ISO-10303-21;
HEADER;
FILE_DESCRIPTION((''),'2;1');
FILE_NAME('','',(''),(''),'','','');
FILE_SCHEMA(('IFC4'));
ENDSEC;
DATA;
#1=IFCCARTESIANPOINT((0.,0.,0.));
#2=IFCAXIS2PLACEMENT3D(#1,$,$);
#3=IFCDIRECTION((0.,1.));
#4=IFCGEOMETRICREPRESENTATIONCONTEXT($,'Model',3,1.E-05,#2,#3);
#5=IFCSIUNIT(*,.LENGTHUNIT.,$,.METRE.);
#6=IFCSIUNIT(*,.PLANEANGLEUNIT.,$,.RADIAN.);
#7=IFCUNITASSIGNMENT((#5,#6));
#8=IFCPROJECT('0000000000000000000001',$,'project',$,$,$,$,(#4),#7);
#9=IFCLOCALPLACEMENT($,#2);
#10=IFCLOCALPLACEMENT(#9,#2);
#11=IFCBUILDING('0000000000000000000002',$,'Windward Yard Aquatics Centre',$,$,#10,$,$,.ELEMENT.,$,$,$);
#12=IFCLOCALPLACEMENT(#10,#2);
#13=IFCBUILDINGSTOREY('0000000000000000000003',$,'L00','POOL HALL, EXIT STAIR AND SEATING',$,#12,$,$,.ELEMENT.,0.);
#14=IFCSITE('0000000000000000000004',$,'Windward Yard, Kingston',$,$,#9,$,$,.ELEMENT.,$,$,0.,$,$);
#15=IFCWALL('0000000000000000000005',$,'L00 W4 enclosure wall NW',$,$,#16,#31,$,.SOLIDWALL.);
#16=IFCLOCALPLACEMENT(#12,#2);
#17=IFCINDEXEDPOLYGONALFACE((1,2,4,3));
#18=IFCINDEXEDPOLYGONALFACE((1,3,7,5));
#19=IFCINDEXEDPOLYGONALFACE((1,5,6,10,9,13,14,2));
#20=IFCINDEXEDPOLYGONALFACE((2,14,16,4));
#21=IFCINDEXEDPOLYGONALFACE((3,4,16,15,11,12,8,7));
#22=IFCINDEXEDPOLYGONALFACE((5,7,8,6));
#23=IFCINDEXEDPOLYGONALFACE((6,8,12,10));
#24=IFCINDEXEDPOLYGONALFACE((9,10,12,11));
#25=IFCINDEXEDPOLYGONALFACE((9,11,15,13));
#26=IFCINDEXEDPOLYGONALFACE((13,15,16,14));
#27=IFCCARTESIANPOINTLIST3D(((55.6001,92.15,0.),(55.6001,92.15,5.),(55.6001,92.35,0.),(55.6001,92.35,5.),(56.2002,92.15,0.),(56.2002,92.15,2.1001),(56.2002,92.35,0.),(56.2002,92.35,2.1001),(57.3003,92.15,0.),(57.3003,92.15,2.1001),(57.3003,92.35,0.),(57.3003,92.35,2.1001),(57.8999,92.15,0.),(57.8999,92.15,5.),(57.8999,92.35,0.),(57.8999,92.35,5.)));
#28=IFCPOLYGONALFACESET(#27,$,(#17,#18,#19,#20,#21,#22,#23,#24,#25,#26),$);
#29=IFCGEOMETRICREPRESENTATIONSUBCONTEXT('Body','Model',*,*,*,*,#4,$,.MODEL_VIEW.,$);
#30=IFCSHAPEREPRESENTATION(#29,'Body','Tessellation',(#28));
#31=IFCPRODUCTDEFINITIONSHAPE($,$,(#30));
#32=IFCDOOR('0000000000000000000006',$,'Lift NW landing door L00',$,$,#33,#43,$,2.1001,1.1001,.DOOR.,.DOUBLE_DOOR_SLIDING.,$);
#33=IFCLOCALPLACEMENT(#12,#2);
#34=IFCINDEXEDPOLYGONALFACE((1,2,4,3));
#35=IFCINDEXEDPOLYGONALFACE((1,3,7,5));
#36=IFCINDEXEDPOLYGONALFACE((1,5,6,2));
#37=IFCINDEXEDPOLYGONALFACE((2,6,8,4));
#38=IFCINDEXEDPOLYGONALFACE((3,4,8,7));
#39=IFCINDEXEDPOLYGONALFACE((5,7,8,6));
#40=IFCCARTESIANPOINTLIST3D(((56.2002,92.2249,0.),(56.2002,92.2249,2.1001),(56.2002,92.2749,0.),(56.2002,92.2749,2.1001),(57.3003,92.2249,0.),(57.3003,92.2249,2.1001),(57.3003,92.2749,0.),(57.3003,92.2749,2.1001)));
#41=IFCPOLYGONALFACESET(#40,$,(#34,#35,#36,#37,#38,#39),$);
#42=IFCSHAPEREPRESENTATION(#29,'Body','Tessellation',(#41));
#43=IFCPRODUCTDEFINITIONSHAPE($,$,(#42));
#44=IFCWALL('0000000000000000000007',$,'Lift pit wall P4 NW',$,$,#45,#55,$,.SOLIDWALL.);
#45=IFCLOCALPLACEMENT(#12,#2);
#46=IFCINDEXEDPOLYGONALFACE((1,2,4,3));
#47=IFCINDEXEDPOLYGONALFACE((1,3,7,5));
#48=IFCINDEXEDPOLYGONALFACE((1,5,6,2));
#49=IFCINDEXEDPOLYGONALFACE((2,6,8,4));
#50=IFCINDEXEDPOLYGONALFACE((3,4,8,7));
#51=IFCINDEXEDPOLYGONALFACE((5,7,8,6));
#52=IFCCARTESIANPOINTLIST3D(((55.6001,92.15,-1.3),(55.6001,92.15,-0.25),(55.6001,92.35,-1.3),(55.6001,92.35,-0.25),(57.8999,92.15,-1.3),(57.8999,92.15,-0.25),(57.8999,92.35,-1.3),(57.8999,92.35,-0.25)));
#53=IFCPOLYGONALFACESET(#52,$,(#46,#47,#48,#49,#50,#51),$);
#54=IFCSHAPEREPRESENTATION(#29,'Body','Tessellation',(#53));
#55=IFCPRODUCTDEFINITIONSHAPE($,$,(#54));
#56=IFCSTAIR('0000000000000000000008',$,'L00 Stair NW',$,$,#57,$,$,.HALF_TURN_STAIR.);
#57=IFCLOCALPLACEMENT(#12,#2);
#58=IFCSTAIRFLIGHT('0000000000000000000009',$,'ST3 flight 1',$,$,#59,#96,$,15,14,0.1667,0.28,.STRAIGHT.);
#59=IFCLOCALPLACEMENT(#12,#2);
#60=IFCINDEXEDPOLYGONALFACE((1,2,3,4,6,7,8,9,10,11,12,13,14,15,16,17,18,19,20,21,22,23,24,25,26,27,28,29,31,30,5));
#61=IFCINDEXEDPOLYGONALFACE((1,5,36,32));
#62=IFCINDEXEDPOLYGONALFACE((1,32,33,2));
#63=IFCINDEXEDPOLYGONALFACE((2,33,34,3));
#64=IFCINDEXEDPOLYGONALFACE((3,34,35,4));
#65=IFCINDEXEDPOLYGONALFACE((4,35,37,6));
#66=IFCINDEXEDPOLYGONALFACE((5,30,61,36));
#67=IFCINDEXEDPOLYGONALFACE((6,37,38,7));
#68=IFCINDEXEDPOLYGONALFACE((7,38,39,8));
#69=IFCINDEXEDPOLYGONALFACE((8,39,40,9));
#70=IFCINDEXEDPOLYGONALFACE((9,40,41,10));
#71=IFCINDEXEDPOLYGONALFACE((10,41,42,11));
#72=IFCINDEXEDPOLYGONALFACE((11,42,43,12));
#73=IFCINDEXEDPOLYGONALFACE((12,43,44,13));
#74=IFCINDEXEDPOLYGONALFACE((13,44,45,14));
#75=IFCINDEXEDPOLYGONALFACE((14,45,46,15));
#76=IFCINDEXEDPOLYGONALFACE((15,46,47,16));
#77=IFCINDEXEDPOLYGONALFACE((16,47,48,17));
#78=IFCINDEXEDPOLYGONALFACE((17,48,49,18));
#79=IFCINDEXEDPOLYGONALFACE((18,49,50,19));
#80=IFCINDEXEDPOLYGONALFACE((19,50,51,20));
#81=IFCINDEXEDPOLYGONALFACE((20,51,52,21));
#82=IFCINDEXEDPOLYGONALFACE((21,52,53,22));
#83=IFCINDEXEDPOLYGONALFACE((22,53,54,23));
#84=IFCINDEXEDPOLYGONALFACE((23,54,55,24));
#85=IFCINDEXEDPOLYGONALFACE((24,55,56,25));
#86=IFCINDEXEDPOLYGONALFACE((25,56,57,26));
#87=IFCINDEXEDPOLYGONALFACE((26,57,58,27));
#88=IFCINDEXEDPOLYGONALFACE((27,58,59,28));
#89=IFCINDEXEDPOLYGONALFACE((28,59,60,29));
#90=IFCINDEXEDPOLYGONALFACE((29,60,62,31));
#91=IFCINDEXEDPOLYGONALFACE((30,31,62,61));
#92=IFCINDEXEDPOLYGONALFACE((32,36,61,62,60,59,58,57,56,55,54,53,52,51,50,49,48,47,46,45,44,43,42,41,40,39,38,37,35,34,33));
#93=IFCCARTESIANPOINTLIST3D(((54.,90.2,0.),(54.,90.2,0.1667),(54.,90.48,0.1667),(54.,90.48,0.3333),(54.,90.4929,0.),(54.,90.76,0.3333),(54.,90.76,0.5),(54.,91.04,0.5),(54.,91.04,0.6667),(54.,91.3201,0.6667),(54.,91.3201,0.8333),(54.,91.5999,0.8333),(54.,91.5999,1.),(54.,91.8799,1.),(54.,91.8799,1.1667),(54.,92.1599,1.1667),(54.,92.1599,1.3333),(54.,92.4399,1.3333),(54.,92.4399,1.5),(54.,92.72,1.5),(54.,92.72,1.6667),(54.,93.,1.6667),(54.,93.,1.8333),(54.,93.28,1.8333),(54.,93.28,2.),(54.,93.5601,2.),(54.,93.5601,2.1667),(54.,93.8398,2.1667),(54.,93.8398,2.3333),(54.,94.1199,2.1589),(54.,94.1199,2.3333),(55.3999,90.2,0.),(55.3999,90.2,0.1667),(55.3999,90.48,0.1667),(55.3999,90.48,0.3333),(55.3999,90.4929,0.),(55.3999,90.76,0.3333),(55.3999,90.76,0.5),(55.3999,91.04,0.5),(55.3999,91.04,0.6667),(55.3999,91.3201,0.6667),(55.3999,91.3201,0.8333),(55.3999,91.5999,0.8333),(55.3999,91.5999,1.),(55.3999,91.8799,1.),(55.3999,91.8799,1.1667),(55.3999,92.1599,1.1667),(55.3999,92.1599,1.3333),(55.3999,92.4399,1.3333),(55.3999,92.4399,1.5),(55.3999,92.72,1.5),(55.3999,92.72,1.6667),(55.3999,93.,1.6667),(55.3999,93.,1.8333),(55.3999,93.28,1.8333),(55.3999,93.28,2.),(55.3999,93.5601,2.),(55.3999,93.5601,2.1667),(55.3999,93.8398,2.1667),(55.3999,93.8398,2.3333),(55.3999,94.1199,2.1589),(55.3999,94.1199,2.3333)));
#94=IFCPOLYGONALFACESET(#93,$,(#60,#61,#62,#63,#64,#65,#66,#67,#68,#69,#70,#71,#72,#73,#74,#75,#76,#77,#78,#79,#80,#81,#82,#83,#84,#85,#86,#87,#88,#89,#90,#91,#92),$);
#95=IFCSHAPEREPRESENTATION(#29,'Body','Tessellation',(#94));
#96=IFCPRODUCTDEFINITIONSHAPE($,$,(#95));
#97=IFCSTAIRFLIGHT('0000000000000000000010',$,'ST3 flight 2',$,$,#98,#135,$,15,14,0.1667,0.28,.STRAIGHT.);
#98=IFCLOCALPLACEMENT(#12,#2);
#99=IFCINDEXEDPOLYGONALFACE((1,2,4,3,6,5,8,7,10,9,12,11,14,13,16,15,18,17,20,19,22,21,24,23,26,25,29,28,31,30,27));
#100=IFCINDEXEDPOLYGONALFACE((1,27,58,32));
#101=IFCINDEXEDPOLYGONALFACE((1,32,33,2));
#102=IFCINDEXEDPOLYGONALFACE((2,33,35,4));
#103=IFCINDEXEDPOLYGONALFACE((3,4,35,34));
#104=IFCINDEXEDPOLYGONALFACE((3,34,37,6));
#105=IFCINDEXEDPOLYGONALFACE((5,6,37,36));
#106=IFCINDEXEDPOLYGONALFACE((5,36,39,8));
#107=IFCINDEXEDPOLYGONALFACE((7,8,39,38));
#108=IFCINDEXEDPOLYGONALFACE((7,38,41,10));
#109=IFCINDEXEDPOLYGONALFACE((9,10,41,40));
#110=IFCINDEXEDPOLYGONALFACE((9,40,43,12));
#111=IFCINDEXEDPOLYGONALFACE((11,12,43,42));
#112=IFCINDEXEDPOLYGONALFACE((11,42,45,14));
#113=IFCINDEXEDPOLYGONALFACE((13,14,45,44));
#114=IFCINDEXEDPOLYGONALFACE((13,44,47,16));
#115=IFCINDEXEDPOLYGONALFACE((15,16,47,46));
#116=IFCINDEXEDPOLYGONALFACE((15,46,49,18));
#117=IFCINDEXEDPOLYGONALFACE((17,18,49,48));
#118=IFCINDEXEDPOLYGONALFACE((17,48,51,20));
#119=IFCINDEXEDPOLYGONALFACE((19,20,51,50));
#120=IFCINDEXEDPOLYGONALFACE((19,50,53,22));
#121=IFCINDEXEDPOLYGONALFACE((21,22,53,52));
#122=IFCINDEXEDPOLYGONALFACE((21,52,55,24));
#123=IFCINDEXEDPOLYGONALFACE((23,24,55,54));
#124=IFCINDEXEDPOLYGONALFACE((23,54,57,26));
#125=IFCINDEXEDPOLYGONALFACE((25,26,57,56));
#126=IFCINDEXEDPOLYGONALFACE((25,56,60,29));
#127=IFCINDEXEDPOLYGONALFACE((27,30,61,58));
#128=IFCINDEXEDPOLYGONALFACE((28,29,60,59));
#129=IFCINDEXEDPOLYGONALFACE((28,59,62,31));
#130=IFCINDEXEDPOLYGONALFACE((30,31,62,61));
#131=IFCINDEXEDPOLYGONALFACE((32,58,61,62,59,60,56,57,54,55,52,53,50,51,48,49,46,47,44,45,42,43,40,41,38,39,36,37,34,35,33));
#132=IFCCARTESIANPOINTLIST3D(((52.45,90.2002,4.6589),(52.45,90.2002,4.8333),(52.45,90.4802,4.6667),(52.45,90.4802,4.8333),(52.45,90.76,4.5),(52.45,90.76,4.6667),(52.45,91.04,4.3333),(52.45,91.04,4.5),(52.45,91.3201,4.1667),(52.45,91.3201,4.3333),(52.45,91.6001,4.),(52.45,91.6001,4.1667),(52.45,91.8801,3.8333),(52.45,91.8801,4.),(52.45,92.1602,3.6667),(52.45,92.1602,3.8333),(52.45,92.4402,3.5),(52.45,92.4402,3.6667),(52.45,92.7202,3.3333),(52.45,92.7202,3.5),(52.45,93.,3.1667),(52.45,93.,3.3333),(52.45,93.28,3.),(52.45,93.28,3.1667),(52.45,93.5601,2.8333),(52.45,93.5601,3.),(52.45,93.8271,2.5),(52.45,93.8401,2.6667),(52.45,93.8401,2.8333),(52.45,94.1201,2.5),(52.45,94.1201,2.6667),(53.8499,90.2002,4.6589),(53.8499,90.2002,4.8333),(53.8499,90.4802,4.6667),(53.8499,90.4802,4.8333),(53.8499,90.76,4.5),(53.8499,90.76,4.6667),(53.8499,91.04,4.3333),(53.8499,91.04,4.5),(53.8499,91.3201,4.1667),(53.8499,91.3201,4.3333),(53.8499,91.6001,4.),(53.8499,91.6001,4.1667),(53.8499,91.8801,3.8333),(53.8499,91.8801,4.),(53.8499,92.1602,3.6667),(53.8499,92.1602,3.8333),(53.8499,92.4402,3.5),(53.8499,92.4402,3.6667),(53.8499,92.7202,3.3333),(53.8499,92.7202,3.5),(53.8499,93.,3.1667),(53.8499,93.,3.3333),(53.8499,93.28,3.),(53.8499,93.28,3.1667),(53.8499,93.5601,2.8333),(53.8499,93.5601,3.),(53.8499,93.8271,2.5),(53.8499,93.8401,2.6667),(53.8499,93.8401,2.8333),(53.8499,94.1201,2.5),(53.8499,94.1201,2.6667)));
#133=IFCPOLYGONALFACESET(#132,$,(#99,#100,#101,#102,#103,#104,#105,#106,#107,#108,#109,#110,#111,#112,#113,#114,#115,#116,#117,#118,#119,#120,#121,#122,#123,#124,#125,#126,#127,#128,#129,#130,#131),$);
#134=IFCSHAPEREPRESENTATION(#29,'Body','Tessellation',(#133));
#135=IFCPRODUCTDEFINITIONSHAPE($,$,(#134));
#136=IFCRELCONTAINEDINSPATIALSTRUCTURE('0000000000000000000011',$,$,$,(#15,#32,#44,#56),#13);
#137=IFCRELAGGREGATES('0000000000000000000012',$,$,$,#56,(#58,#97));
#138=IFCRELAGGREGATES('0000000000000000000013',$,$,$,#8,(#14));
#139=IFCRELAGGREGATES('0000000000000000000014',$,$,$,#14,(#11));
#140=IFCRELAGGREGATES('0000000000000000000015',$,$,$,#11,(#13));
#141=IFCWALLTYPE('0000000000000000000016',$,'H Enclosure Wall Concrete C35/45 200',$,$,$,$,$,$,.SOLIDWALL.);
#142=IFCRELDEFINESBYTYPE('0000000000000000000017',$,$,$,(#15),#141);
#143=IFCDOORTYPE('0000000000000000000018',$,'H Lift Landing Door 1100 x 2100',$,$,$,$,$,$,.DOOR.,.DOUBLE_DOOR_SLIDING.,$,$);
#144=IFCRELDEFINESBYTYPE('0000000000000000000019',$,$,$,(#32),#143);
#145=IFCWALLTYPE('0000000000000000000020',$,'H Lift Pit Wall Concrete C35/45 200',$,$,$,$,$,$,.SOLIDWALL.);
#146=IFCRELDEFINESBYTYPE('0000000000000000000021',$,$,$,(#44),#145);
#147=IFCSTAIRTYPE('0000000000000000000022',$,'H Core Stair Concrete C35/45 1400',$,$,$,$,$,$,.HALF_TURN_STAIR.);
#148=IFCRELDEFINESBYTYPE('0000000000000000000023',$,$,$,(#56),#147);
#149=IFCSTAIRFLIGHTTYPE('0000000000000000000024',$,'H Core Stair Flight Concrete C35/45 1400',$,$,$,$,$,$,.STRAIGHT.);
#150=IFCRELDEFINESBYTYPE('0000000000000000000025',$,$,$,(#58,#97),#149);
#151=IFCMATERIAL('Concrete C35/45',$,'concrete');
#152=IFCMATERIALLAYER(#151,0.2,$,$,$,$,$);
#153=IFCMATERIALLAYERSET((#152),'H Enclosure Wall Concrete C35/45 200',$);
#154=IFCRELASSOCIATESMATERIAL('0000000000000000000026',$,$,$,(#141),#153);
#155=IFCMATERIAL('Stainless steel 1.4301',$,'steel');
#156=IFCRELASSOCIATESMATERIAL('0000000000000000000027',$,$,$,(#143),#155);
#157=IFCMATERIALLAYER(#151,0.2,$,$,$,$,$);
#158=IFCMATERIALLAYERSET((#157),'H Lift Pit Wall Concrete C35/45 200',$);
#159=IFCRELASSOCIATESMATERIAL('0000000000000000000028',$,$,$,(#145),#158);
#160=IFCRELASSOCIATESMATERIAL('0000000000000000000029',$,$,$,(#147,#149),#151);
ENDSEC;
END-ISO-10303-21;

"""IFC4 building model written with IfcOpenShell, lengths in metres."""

from ifc_helpers import new_model, si_unit, direction, frame, frame_2d, origin, place, context, subcontext, project, spatial, polyline, rectangle, outline, extrude, material, layer, layer_set, type_object, element, fill, aggregate, save


model = new_model("IFC4")

# Units and contexts
model_context = context("Model", 3, precision=1e-05, world=origin(), true_north=direction((0.0, 1.0)))
body_context = subcontext(model_context, "Body", "Model", "MODEL_VIEW")
ifc_project = project(units=[si_unit("LENGTHUNIT", "METRE"), si_unit("PLANEANGLEUNIT", "RADIAN")], contexts=[model_context])

# Site, building, storey
site_placement = place(None, origin())
site = spatial("IfcSite", under=ifc_project, at=site_placement, Name="Windward Yard, Kingston", CompositionType="ELEMENT", RefElevation=0.0)
building_placement = place(site_placement, origin())
building = spatial("IfcBuilding", under=site, at=building_placement, Name="Windward Yard Aquatics Centre", CompositionType="ELEMENT")
storey_placement = place(building_placement, origin())
storey = spatial("IfcBuildingStorey", under=building, at=storey_placement, Name="L00", Description="POOL HALL, EXIT STAIR AND SEATING", CompositionType="ELEMENT", Elevation=0.0)

# Shared definitions
ifc_material_1 = material(Name="Concrete C35/45", Category="concrete")

# Wall, opening, door
ifc_layer_1 = layer(ifc_material_1, 0.2)
ifc_layer_set_1 = layer_set([ifc_layer_1], Name="H Enclosure Wall Concrete C35/45 200")
wall_type_1 = type_object("IfcWallType", Name="H Enclosure Wall Concrete C35/45 200", PredefinedType="SOLIDWALL", material=ifc_layer_set_1)
wall_1_placement = place(storey_placement, frame((55.6001, 92.25, 0.0), z_axis=(0.0, 0.0, 1.0), x_axis=(1.0, 0.0, 0.0)))
wall_1 = element("IfcWall", 1, at=wall_1_placement, inside=storey, type_object=wall_type_1, Name="L00 W4 enclosure wall NW", PredefinedType="SOLIDWALL", context=body_context, shape_type="SweptSolid", body=[
    extrude(rectangle(XDim=2.2998, YDim=0.2, at=frame_2d((1.1499, 0.0))), origin(), (0.0, 0.0, 1.0), 5.0),
])
opening_1_placement = place(wall_1_placement, frame((0.6001, 0.0, 0.0)))
opening_1 = element("IfcOpeningElement", 2, at=opening_1_placement, cuts=wall_1, PredefinedType="OPENING", context=body_context, shape_type="SweptSolid", body=[
    extrude(rectangle(XDim=1.1001, YDim=2.1001, at=frame_2d((0.55, 1.05))), frame((0.0, 0.1099, 0.0), z_axis=(0.0, -1.0, 0.0), x_axis=(1.0, 0.0, 0.0)), (0.0, 0.0, 1.0), 0.22),
])
ifc_material_2 = material(Name="Stainless steel 1.4301", Category="steel")
door_type_1 = type_object("IfcDoorType", Name="H Lift Landing Door 1100 x 2100", OperationType="DOUBLE_DOOR_SLIDING", PredefinedType="DOOR", material=ifc_material_2)
door_1_placement = place(opening_1_placement, origin())
door_1 = element("IfcDoor", 3, at=door_1_placement, inside=storey, type_object=door_type_1, Name="Lift NW landing door L00", OperationType="DOUBLE_DOOR_SLIDING", OverallHeight=2.1001, OverallWidth=1.1001, PredefinedType="DOOR", context=body_context, shape_type="SweptSolid", body=[
    extrude(rectangle(XDim=1.1001, YDim=2.1001, at=frame_2d((0.55, 1.05))), frame((0.0, 0.0249, 0.0), z_axis=(0.0, -1.0, 0.0), x_axis=(1.0, 0.0, 0.0)), (0.0, 0.0, 1.0), 0.05),
])
fill(opening_1, door_1)

# Wall
ifc_layer_2 = layer(ifc_material_1, 0.2)
ifc_layer_set_2 = layer_set([ifc_layer_2], Name="H Lift Pit Wall Concrete C35/45 200")
wall_type_2 = type_object("IfcWallType", Name="H Lift Pit Wall Concrete C35/45 200", PredefinedType="SOLIDWALL", material=ifc_layer_set_2)
wall_2_placement = place(storey_placement, frame((55.6001, 92.25, -1.3), z_axis=(0.0, 0.0, 1.0), x_axis=(1.0, 0.0, 0.0)))
element("IfcWall", 4, at=wall_2_placement, inside=storey, type_object=wall_type_2, Name="Lift pit wall P4 NW", PredefinedType="SOLIDWALL", context=body_context, shape_type="SweptSolid", body=[
    extrude(rectangle(XDim=2.2998, YDim=0.2, at=frame_2d((1.1499, 0.0))), origin(), (0.0, 0.0, 1.0), 1.05),
])

# Stair, stair flights
stair_type = type_object("IfcStairType", Name="H Core Stair Concrete C35/45 1400", PredefinedType="HALF_TURN_STAIR", material=ifc_material_1)
stair_placement = place(storey_placement, origin())
stair = element("IfcStair", 5, at=stair_placement, inside=storey, type_object=stair_type, Name="L00 Stair NW", PredefinedType="HALF_TURN_STAIR")
stair_flight_type = type_object("IfcStairFlightType", Name="H Core Stair Flight Concrete C35/45 1400", PredefinedType="STRAIGHT", material=ifc_material_1)
stair_flight_1_placement = place(storey_placement, frame((54.7, 90.2, 0.0), z_axis=(0.0, 0.0, 1.0), x_axis=(0.0, 1.0, 0.0)))
stair_flight_1 = element("IfcStairFlight", 6, at=stair_flight_1_placement, type_object=stair_flight_type, Name="ST3 flight 1", NumberOfRisers=15, NumberOfTreads=14, PredefinedType="STRAIGHT", RiserHeight=0.1667, TreadLength=0.28, context=body_context, shape_type="SweptSolid", body=[
    extrude(outline(polyline([(0.0, 0.0), (0.0, 0.1667), (0.28, 0.1667), (0.28, 0.3333), (0.5601, 0.3333), (0.5601, 0.5), (0.8401, 0.5), (0.8401, 0.6667), (1.1201, 0.6667), (1.1201, 0.8333), (1.3999, 0.8333), (1.3999, 1.0), (1.6799, 1.0), (1.6799, 1.1667), (1.96, 1.1667), (1.96, 1.3333), (2.24, 1.3333), (2.24, 1.5), (2.52, 1.5), (2.52, 1.6667), (2.8, 1.6667), (2.8, 1.8333), (3.0801, 1.8333), (3.0801, 2.0), (3.3601, 2.0), (3.3601, 2.1667), (3.6399, 2.1667), (3.6399, 2.3333), (3.9199, 2.3333), (3.9199, 2.5), (3.9199, 2.1589), (0.293, 0.0), (0.0, 0.0)])), frame((0.0, 0.7, 0.0), z_axis=(0.0, -1.0, 0.0), x_axis=(1.0, 0.0, 0.0)), (0.0, 0.0, 1.0), 1.3999),
])
stair_flight_2_placement = place(storey_placement, frame((53.1499, 94.1201, 2.5), z_axis=(0.0, 0.0, 1.0), x_axis=(0.0, -1.0, 0.0)))
stair_flight_2 = element("IfcStairFlight", 7, at=stair_flight_2_placement, type_object=stair_flight_type, Name="ST3 flight 2", NumberOfRisers=15, NumberOfTreads=14, PredefinedType="STRAIGHT", RiserHeight=0.1667, TreadLength=0.28, context=body_context, shape_type="SweptSolid", body=[
    extrude(outline(polyline([(0.0, 0.0), (0.0, 0.1667), (0.28, 0.1667), (0.28, 0.3333), (0.5601, 0.3333), (0.5601, 0.5), (0.8401, 0.5), (0.8401, 0.6667), (1.1201, 0.6667), (1.1201, 0.8333), (1.3999, 0.8333), (1.3999, 1.0), (1.6799, 1.0), (1.6799, 1.1667), (1.96, 1.1667), (1.96, 1.3333), (2.24, 1.3333), (2.24, 1.5), (2.52, 1.5), (2.52, 1.6667), (2.8, 1.6667), (2.8, 1.8333), (3.0801, 1.8333), (3.0801, 2.0), (3.3601, 2.0), (3.3601, 2.1667), (3.6399, 2.1667), (3.6399, 2.3333), (3.9199, 2.3333), (3.9199, 2.5), (3.9199, 2.1589), (0.293, 0.0), (0.0, 0.0)])), frame((0.0, 0.7, 0.0), z_axis=(0.0, -1.0, 0.0), x_axis=(1.0, 0.0, 0.0)), (0.0, 0.0, 1.0), 1.3999),
])
aggregate(stair, [stair_flight_1, stair_flight_2])

save(model, "model.ifc")
